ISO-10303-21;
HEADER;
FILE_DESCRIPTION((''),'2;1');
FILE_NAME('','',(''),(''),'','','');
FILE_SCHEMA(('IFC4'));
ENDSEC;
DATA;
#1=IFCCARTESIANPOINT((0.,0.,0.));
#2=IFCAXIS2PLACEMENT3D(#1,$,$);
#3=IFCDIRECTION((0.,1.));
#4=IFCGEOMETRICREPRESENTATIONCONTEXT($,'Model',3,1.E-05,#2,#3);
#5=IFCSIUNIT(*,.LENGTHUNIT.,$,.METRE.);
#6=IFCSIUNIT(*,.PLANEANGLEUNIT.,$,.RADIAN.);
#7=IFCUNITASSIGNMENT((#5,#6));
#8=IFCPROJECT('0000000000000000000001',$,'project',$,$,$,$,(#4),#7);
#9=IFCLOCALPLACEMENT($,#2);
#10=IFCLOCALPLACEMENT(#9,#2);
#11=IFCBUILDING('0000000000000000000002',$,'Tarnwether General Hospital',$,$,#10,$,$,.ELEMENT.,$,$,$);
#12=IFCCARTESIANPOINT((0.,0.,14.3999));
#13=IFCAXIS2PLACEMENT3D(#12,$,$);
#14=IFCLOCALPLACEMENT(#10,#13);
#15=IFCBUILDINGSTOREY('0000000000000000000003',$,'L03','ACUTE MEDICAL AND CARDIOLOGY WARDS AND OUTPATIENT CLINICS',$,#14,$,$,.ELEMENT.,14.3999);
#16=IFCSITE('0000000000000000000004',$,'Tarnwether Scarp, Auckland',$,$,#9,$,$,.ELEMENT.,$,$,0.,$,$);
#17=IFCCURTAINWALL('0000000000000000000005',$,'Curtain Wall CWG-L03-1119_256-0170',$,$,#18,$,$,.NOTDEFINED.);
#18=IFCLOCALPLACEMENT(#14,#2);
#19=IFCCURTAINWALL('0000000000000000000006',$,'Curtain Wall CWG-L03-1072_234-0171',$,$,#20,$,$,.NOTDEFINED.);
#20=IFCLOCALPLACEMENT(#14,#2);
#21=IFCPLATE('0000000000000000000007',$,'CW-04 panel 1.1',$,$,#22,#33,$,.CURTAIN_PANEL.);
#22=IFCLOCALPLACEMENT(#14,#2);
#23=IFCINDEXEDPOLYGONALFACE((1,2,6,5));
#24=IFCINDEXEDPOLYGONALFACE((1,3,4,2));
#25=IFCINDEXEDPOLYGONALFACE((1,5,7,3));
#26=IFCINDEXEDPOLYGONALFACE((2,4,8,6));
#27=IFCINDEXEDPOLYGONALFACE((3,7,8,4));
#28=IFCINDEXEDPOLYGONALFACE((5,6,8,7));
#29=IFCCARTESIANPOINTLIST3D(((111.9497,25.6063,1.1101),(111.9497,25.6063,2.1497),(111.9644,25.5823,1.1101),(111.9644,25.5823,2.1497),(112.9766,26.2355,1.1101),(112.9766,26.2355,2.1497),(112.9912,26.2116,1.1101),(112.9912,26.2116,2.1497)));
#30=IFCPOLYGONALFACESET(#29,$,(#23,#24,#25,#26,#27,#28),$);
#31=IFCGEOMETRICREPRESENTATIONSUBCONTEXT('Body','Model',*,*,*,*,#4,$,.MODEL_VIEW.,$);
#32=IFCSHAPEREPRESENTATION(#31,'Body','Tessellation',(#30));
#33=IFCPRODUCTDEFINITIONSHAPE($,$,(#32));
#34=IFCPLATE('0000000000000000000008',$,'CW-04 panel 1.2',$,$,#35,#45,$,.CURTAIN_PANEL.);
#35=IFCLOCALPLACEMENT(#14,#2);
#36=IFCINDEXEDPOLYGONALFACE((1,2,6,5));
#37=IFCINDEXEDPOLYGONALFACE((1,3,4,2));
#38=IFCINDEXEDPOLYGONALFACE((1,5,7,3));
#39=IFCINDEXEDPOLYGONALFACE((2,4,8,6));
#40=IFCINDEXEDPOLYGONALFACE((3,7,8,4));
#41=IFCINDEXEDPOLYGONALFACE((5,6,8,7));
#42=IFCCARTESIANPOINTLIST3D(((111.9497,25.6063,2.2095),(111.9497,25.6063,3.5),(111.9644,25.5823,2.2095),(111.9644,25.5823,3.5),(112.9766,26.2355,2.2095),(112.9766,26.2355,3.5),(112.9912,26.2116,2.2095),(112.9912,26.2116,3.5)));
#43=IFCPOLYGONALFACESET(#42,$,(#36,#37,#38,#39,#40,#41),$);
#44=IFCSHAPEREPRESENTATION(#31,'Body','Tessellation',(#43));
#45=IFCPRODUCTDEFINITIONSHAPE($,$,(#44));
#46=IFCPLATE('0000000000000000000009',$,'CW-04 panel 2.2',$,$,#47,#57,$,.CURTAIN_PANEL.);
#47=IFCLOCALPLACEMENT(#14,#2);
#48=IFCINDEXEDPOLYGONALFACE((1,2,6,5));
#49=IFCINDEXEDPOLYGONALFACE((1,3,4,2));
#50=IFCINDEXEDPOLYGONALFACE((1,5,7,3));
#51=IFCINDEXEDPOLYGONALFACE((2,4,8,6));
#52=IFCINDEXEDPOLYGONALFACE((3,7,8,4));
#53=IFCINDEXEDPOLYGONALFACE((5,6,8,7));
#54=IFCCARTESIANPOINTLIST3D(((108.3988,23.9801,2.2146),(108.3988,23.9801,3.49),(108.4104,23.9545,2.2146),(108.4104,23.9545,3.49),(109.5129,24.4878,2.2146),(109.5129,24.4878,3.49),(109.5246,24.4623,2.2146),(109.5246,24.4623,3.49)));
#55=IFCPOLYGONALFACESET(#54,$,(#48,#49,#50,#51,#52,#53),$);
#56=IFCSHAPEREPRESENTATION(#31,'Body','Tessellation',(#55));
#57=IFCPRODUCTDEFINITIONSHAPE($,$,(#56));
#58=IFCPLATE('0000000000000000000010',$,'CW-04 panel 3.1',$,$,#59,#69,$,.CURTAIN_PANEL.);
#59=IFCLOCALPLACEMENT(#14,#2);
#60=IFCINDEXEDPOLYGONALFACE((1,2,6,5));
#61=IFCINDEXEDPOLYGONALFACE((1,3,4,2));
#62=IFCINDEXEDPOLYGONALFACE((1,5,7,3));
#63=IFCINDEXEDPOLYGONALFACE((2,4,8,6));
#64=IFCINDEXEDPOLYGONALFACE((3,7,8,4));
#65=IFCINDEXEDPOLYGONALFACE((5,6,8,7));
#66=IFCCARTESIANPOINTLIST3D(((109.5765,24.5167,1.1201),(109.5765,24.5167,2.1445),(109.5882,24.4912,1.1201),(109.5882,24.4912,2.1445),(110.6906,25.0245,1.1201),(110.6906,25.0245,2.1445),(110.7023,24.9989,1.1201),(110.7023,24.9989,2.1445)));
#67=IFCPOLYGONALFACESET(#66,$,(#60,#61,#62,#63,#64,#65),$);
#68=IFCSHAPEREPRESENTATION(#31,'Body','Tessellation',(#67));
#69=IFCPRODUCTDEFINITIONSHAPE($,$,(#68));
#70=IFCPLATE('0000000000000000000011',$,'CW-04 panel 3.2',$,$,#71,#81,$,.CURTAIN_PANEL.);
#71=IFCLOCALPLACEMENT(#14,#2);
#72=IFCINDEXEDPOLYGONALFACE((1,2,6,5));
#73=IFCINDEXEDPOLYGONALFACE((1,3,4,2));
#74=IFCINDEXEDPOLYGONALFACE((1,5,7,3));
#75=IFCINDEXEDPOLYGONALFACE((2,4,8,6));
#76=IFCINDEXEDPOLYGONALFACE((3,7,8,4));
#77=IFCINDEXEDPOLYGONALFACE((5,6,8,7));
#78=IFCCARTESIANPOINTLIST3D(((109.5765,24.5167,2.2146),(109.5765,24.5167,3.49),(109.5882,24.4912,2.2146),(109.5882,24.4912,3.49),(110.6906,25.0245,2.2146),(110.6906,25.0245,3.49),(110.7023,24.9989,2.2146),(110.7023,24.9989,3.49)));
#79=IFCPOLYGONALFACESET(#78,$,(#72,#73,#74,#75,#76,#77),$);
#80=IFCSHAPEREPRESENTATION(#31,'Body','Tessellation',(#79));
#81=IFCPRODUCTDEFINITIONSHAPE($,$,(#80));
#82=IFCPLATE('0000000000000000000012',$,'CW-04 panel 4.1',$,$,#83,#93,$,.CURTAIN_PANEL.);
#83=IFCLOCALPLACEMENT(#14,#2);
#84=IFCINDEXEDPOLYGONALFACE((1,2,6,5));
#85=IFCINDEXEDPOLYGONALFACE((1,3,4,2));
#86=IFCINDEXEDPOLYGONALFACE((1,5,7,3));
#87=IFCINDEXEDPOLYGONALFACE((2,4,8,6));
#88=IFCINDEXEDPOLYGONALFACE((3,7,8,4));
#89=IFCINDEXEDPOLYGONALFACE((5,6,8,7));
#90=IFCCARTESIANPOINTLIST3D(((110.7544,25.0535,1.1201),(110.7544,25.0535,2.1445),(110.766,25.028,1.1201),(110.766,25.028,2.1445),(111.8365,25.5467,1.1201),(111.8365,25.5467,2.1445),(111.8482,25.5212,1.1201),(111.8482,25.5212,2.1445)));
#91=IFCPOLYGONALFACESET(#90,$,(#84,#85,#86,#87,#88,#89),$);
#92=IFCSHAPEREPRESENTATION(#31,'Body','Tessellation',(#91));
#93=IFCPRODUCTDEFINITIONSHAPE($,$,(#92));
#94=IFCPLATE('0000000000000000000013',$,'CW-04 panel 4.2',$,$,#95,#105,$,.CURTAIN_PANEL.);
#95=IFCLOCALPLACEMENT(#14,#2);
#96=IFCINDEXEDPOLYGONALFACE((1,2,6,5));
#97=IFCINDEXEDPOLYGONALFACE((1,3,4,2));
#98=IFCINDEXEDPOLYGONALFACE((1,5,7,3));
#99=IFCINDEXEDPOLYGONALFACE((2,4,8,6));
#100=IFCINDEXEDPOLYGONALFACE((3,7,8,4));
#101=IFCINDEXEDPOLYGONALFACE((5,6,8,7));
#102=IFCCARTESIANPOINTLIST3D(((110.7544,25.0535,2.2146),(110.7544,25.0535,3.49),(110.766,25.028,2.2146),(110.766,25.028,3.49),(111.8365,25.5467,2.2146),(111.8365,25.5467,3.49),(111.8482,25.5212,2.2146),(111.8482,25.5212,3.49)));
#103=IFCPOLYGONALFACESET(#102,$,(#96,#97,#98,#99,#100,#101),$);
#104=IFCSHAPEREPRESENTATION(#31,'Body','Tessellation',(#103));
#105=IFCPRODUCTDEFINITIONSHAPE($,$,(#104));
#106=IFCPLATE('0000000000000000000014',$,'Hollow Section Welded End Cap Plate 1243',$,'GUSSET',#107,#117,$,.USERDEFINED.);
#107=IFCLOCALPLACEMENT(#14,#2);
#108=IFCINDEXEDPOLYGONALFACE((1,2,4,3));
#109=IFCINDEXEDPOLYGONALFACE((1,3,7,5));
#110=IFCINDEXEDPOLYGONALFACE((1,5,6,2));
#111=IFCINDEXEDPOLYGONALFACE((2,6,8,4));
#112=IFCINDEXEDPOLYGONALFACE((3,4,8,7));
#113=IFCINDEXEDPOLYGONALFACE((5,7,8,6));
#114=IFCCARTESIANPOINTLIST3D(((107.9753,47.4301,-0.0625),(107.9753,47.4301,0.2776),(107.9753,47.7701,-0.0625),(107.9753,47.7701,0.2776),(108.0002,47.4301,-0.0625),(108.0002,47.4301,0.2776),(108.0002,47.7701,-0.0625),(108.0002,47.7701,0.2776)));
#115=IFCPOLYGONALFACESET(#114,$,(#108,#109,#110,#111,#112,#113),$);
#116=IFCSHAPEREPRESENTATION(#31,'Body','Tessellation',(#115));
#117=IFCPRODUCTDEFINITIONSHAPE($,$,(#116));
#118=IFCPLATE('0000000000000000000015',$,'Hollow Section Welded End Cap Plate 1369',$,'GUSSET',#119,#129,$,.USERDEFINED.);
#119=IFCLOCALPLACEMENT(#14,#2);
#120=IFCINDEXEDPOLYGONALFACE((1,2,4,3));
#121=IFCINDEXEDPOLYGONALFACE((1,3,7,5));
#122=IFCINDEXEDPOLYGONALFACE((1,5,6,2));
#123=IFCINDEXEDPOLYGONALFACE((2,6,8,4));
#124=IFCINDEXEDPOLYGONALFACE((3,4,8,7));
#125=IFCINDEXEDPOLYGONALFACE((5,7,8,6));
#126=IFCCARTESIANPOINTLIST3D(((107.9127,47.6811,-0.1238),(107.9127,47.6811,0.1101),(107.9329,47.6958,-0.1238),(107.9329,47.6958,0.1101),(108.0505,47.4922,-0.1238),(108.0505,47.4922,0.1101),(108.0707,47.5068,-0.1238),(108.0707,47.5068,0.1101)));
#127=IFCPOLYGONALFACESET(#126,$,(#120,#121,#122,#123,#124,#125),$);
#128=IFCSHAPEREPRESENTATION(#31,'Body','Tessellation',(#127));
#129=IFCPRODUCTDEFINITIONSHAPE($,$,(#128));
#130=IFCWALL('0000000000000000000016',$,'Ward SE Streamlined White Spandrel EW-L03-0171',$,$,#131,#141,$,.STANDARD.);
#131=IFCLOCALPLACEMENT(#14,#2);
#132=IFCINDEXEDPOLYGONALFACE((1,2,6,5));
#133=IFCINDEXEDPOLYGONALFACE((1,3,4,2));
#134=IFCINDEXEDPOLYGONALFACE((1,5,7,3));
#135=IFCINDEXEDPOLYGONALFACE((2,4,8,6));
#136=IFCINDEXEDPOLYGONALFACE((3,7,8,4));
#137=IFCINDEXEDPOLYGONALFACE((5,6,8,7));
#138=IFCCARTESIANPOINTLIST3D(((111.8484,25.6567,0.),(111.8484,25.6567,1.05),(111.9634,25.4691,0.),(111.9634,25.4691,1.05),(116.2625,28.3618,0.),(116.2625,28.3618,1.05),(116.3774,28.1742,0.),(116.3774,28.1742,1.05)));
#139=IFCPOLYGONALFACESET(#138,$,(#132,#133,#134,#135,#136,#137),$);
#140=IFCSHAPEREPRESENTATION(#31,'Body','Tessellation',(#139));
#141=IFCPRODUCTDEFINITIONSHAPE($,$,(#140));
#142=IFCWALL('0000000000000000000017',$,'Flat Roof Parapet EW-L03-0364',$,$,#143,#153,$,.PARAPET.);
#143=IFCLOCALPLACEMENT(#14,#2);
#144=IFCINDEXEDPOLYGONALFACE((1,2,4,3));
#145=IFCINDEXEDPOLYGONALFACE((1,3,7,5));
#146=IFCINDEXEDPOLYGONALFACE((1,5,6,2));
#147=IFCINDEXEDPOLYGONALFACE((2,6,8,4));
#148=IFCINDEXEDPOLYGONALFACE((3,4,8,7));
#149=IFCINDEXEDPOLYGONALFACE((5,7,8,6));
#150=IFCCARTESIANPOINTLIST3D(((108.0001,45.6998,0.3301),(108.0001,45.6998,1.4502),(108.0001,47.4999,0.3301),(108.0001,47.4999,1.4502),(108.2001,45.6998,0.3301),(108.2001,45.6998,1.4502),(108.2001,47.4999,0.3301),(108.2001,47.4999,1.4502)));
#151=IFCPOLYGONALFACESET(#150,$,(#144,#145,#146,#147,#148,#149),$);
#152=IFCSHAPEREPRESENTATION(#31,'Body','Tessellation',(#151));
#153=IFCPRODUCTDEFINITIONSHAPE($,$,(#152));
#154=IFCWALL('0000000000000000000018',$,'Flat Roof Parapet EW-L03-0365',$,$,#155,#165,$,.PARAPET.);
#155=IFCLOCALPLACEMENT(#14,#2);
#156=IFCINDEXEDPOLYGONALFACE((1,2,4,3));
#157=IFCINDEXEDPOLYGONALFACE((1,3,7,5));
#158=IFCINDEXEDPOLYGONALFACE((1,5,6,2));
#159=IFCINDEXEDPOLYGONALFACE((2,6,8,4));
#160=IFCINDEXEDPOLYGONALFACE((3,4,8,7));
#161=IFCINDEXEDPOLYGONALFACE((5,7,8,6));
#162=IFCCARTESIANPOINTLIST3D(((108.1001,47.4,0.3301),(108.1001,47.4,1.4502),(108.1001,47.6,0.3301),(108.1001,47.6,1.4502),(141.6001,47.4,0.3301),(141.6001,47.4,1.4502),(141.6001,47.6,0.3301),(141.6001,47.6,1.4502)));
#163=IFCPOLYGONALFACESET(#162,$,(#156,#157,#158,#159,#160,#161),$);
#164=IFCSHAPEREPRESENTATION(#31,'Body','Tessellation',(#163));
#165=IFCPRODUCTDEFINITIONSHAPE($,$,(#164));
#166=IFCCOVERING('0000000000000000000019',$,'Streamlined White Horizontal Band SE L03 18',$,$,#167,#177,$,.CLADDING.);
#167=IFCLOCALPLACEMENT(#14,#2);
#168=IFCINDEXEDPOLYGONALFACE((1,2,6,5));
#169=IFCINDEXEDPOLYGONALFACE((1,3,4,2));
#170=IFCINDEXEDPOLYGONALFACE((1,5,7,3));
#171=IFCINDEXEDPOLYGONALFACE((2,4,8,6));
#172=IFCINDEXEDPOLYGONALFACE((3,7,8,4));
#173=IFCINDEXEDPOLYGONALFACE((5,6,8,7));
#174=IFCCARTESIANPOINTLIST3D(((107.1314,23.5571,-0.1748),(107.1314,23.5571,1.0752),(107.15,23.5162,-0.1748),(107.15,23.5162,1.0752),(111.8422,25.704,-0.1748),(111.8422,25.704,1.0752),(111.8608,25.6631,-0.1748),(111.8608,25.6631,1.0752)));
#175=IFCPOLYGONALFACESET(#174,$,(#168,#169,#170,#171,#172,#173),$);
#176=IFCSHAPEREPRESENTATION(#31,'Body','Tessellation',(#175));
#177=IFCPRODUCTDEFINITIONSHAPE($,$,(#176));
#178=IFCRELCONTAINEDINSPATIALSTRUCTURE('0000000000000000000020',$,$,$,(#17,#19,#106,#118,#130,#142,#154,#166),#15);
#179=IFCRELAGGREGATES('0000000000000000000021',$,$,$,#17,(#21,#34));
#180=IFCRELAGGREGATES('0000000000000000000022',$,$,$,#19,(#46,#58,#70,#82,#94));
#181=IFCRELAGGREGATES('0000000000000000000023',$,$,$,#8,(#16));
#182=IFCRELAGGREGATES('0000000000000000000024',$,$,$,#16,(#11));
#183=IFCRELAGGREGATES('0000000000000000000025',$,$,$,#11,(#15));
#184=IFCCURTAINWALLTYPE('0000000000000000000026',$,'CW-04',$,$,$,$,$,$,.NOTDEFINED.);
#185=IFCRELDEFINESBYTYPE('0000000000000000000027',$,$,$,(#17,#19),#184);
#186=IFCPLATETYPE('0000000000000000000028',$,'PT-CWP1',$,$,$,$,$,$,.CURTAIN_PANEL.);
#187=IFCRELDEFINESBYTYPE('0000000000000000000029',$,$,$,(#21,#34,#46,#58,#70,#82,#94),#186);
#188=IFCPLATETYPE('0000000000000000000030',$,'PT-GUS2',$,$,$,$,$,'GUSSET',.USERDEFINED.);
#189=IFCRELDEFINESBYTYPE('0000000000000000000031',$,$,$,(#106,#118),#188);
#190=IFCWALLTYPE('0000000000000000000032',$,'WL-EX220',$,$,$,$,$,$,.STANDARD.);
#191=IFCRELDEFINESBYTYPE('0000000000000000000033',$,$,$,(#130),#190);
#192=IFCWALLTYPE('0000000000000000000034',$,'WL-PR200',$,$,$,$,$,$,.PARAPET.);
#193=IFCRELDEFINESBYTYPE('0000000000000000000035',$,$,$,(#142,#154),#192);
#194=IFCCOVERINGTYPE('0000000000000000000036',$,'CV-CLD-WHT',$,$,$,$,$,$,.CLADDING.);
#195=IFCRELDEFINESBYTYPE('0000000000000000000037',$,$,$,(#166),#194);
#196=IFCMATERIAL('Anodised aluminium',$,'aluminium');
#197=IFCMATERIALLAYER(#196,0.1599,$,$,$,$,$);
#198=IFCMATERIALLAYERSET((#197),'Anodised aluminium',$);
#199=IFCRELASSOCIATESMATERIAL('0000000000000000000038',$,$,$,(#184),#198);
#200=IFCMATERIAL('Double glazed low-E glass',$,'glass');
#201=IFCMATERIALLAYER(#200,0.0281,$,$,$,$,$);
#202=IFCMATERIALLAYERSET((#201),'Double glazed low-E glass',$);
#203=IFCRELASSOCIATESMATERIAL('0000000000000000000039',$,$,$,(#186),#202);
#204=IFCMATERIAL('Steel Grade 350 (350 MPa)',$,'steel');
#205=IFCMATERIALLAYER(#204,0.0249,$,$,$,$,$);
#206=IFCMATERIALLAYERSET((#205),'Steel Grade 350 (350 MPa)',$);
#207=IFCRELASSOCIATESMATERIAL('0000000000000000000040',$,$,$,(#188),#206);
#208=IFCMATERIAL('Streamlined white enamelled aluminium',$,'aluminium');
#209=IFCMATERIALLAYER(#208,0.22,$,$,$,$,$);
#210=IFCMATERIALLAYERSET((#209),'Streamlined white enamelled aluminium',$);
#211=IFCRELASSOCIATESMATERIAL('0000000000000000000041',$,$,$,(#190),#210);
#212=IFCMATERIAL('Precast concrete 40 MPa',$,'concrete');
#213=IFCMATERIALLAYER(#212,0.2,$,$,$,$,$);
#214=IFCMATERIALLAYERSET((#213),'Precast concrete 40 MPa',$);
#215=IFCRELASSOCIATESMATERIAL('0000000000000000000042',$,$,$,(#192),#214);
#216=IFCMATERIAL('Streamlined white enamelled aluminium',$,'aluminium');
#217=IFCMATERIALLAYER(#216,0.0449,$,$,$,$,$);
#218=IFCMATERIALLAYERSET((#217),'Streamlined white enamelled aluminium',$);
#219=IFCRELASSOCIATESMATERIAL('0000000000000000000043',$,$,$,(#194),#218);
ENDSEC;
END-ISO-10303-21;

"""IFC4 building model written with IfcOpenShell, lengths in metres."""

from ifc_helpers import new_model, si_unit, direction, frame, frame_2d, origin, origin_2d, place, context, subcontext, project, spatial, rectangle, extrude, material, layer, layer_set, type_object, element, aggregate, save


model = new_model("IFC4")

# Units and contexts
model_context = context("Model", 3, precision=1e-05, world=origin(), true_north=direction((0.0, 1.0)))
body_context = subcontext(model_context, "Body", "Model", "MODEL_VIEW")
ifc_project = project(units=[si_unit("LENGTHUNIT", "METRE"), si_unit("PLANEANGLEUNIT", "RADIAN")], contexts=[model_context])

# Site, building, storey
site_placement = place(None, origin())
site = spatial("IfcSite", under=ifc_project, at=site_placement, Name="Tarnwether Scarp, Auckland", CompositionType="ELEMENT", RefElevation=0.0)
building_placement = place(site_placement, origin())
building = spatial("IfcBuilding", under=site, at=building_placement, Name="Tarnwether General Hospital", CompositionType="ELEMENT")
storey_placement = place(building_placement, frame((0.0, 0.0, 14.3999)))
storey = spatial("IfcBuildingStorey", under=building, at=storey_placement, Name="L03", Description="ACUTE MEDICAL AND CARDIOLOGY WARDS AND OUTPATIENT CLINICS", CompositionType="ELEMENT", Elevation=14.3999)

# Curtain wall
ifc_material_1 = material(Name="Anodised aluminium", Category="aluminium")
ifc_layer_1 = layer(ifc_material_1, 0.1599)
ifc_layer_set_1 = layer_set([ifc_layer_1], Name="Anodised aluminium")
curtain_wall_type = type_object("IfcCurtainWallType", Name="CW-04", PredefinedType="NOTDEFINED", material=ifc_layer_set_1)
curtain_wall_1_placement = place(storey_placement, origin())
curtain_wall_1 = element("IfcCurtainWall", 1, at=curtain_wall_1_placement, inside=storey, type_object=curtain_wall_type, Name="Curtain Wall CWG-L03-1119_256-0170", PredefinedType="NOTDEFINED")

# Curtain wall
curtain_wall_2_placement = place(storey_placement, origin())
curtain_wall_2 = element("IfcCurtainWall", 2, at=curtain_wall_2_placement, inside=storey, type_object=curtain_wall_type, Name="Curtain Wall CWG-L03-1072_234-0171", PredefinedType="NOTDEFINED")

# Plates
ifc_material_2 = material(Name="Double glazed low-E glass", Category="glass")
ifc_layer_2 = layer(ifc_material_2, 0.0281)
ifc_layer_set_2 = layer_set([ifc_layer_2], Name="Double glazed low-E glass")
plate_type_1 = type_object("IfcPlateType", Name="PT-CWP1", PredefinedType="CURTAIN_PANEL", material=ifc_layer_set_2)
plate_1_placement = place(storey_placement, frame((112.4705, 25.9089, 1.1101), z_axis=(0.0, 0.0, 1.0), x_axis=(0.852632, 0.522512, 0.0)))
plate_1 = element("IfcPlate", 3, at=plate_1_placement, type_object=plate_type_1, Name="CW-04 panel 1.1", PredefinedType="CURTAIN_PANEL", context=body_context, shape_type="SweptSolid", body=[
    extrude(rectangle(XDim=1.2043, YDim=0.0281, at=origin_2d()), origin(), (0.0, 0.0, 1.0), 1.0396),
])
plate_2_placement = place(storey_placement, frame((112.4705, 25.9089, 2.2095), z_axis=(0.0, 0.0, 1.0), x_axis=(0.852632, 0.522512, 0.0)))
plate_2 = element("IfcPlate", 4, at=plate_2_placement, type_object=plate_type_1, Name="CW-04 panel 1.2", PredefinedType="CURTAIN_PANEL", context=body_context, shape_type="SweptSolid", body=[
    extrude(rectangle(XDim=1.2043, YDim=0.0281, at=origin_2d()), origin(), (0.0, 0.0, 1.0), 1.2905),
])
aggregate(curtain_wall_1, [plate_1, plate_2])
plate_3_placement = place(storey_placement, frame((108.9617, 24.2212, 2.2146), z_axis=(0.0, 0.0, 1.0), x_axis=(0.909956, 0.414705, 0.0)))
plate_3 = element("IfcPlate", 5, at=plate_3_placement, type_object=plate_type_1, Name="CW-04 panel 2.2", PredefinedType="CURTAIN_PANEL", context=body_context, shape_type="SweptSolid", body=[
    extrude(rectangle(XDim=1.2244, YDim=0.0281, at=origin_2d()), origin(), (0.0, 0.0, 1.0), 1.2754),
])
plate_4_placement = place(storey_placement, frame((110.1394, 24.7578, 1.1201), z_axis=(0.0, 0.0, 1.0), x_axis=(0.909956, 0.414705, 0.0)))
plate_4 = element("IfcPlate", 6, at=plate_4_placement, type_object=plate_type_1, Name="CW-04 panel 3.1", PredefinedType="CURTAIN_PANEL", context=body_context, shape_type="SweptSolid", body=[
    extrude(rectangle(XDim=1.2244, YDim=0.0281, at=origin_2d()), origin(), (0.0, 0.0, 1.0), 1.0244),
])
plate_5_placement = place(storey_placement, frame((110.1394, 24.7578, 2.2146), z_axis=(0.0, 0.0, 1.0), x_axis=(0.909956, 0.414705, 0.0)))
plate_5 = element("IfcPlate", 7, at=plate_5_placement, type_object=plate_type_1, Name="CW-04 panel 3.2", PredefinedType="CURTAIN_PANEL", context=body_context, shape_type="SweptSolid", body=[
    extrude(rectangle(XDim=1.2244, YDim=0.0281, at=origin_2d()), origin(), (0.0, 0.0, 1.0), 1.2754),
])
plate_6_placement = place(storey_placement, frame((111.3013, 25.2874, 1.1201), z_axis=(0.0, 0.0, 1.0), x_axis=(0.909956, 0.414705, 0.0)))
plate_6 = element("IfcPlate", 8, at=plate_6_placement, type_object=plate_type_1, Name="CW-04 panel 4.1", PredefinedType="CURTAIN_PANEL", context=body_context, shape_type="SweptSolid", body=[
    extrude(rectangle(XDim=1.1892, YDim=0.0281, at=origin_2d()), origin(), (0.0, 0.0, 1.0), 1.0244),
])
plate_7_placement = place(storey_placement, frame((111.3013, 25.2874, 2.2146), z_axis=(0.0, 0.0, 1.0), x_axis=(0.909956, 0.414705, 0.0)))
plate_7 = element("IfcPlate", 9, at=plate_7_placement, type_object=plate_type_1, Name="CW-04 panel 4.2", PredefinedType="CURTAIN_PANEL", context=body_context, shape_type="SweptSolid", body=[
    extrude(rectangle(XDim=1.1892, YDim=0.0281, at=origin_2d()), origin(), (0.0, 0.0, 1.0), 1.2754),
])
aggregate(curtain_wall_2, [plate_3, plate_4, plate_5, plate_6, plate_7])

# Plates
ifc_material_3 = material(Name="Steel Grade 350 (350 MPa)", Category="steel")
ifc_layer_3 = layer(ifc_material_3, 0.0249)
ifc_layer_set_3 = layer_set([ifc_layer_3], Name="Steel Grade 350 (350 MPa)")
plate_type_2 = type_object("IfcPlateType", Name="PT-GUS2", ElementType="GUSSET", PredefinedType="USERDEFINED", material=ifc_layer_set_3)
plate_8_placement = place(storey_placement, frame((107.9878, 47.6001, -0.0625), z_axis=(0.0, 0.0, 1.0), x_axis=(1.0, 0.0, 0.0)))
element("IfcPlate", 10, at=plate_8_placement, inside=storey, type_object=plate_type_2, Name="Hollow Section Welded End Cap Plate 1243", ObjectType="GUSSET", PredefinedType="USERDEFINED", context=body_context, shape_type="SweptSolid", body=[
    extrude(rectangle(XDim=0.0249, YDim=0.3401, at=origin_2d()), origin(), (0.0, 0.0, 1.0), 0.3401),
])
plate_9_placement = place(storey_placement, frame((107.9917, 47.594, -0.1238), z_axis=(0.0, 0.0, 1.0), x_axis=(0.80801, 0.589168, 0.0)))
element("IfcPlate", 11, at=plate_9_placement, inside=storey, type_object=plate_type_2, Name="Hollow Section Welded End Cap Plate 1369", ObjectType="GUSSET", PredefinedType="USERDEFINED", context=body_context, shape_type="SweptSolid", body=[
    extrude(rectangle(XDim=0.0249, YDim=0.2339, at=origin_2d()), origin(), (0.0, 0.0, 1.0), 0.2339),
])

# Walls
ifc_material_4 = material(Name="Streamlined white enamelled aluminium", Category="aluminium")
ifc_layer_4 = layer(ifc_material_4, 0.22)
ifc_layer_set_4 = layer_set([ifc_layer_4], Name="Streamlined white enamelled aluminium")
wall_type_1 = type_object("IfcWallType", Name="WL-EX220", PredefinedType="STANDARD", material=ifc_layer_set_4)
wall_1_placement = place(storey_placement, frame((111.906, 25.563, 0.0), z_axis=(0.0, 0.0, 1.0), x_axis=(0.852628, 0.522518, 0.0)))
element("IfcWall", 12, at=wall_1_placement, inside=storey, type_object=wall_type_1, Name="Ward SE Streamlined White Spandrel EW-L03-0171", PredefinedType="STANDARD", context=body_context, shape_type="SweptSolid", body=[
    extrude(rectangle(XDim=5.177, YDim=0.22, at=frame_2d((2.5884, 0.0))), origin(), (0.0, 0.0, 1.0), 1.05),
])
ifc_material_5 = material(Name="Precast concrete 40 MPa", Category="concrete")
ifc_layer_5 = layer(ifc_material_5, 0.2)
ifc_layer_set_5 = layer_set([ifc_layer_5], Name="Precast concrete 40 MPa")
wall_type_2 = type_object("IfcWallType", Name="WL-PR200", PredefinedType="PARAPET", material=ifc_layer_set_5)
wall_2_placement = place(storey_placement, frame((108.1001, 45.7, 0.3301), z_axis=(0.0, 0.0, 1.0), x_axis=(0.0, 1.0, 0.0)))
element("IfcWall", 13, at=wall_2_placement, inside=storey, type_object=wall_type_2, Name="Flat Roof Parapet EW-L03-0364", PredefinedType="PARAPET", context=body_context, shape_type="SweptSolid", body=[
    extrude(rectangle(XDim=1.8, YDim=0.2, at=frame_2d((0.8999, 0.0))), origin(), (0.0, 0.0, 1.0), 1.1201),
])
wall_3_placement = place(storey_placement, frame((108.1001, 47.5, 0.3301), z_axis=(0.0, 0.0, 1.0), x_axis=(1.0, 0.0, 0.0)))
element("IfcWall", 14, at=wall_3_placement, inside=storey, type_object=wall_type_2, Name="Flat Roof Parapet EW-L03-0365", PredefinedType="PARAPET", context=body_context, shape_type="SweptSolid", body=[
    extrude(rectangle(XDim=33.5, YDim=0.2, at=frame_2d((16.75, 0.0))), origin(), (0.0, 0.0, 1.0), 1.1201),
])

# Covering
ifc_material_6 = material(Name="Streamlined white enamelled aluminium", Category="aluminium")
ifc_layer_6 = layer(ifc_material_6, 0.0449)
ifc_layer_set_6 = layer_set([ifc_layer_6], Name="Streamlined white enamelled aluminium")
covering_type = type_object("IfcCoveringType", Name="CV-CLD-WHT", PredefinedType="CLADDING", material=ifc_layer_set_6)
covering_placement = place(storey_placement, frame((109.4961, 24.6101, -0.1748), z_axis=(0.0, 0.0, 1.0), x_axis=(0.909954, 0.414709, 0.0)))
element("IfcCovering", 15, at=covering_placement, inside=storey, type_object=covering_type, Name="Streamlined White Horizontal Band SE L03 18", PredefinedType="CLADDING", context=body_context, shape_type="SweptSolid", body=[
    extrude(rectangle(XDim=5.177, YDim=0.0449, at=origin_2d()), origin(), (0.0, 0.0, 1.0), 1.25),
])

save(model, "model.ifc")
